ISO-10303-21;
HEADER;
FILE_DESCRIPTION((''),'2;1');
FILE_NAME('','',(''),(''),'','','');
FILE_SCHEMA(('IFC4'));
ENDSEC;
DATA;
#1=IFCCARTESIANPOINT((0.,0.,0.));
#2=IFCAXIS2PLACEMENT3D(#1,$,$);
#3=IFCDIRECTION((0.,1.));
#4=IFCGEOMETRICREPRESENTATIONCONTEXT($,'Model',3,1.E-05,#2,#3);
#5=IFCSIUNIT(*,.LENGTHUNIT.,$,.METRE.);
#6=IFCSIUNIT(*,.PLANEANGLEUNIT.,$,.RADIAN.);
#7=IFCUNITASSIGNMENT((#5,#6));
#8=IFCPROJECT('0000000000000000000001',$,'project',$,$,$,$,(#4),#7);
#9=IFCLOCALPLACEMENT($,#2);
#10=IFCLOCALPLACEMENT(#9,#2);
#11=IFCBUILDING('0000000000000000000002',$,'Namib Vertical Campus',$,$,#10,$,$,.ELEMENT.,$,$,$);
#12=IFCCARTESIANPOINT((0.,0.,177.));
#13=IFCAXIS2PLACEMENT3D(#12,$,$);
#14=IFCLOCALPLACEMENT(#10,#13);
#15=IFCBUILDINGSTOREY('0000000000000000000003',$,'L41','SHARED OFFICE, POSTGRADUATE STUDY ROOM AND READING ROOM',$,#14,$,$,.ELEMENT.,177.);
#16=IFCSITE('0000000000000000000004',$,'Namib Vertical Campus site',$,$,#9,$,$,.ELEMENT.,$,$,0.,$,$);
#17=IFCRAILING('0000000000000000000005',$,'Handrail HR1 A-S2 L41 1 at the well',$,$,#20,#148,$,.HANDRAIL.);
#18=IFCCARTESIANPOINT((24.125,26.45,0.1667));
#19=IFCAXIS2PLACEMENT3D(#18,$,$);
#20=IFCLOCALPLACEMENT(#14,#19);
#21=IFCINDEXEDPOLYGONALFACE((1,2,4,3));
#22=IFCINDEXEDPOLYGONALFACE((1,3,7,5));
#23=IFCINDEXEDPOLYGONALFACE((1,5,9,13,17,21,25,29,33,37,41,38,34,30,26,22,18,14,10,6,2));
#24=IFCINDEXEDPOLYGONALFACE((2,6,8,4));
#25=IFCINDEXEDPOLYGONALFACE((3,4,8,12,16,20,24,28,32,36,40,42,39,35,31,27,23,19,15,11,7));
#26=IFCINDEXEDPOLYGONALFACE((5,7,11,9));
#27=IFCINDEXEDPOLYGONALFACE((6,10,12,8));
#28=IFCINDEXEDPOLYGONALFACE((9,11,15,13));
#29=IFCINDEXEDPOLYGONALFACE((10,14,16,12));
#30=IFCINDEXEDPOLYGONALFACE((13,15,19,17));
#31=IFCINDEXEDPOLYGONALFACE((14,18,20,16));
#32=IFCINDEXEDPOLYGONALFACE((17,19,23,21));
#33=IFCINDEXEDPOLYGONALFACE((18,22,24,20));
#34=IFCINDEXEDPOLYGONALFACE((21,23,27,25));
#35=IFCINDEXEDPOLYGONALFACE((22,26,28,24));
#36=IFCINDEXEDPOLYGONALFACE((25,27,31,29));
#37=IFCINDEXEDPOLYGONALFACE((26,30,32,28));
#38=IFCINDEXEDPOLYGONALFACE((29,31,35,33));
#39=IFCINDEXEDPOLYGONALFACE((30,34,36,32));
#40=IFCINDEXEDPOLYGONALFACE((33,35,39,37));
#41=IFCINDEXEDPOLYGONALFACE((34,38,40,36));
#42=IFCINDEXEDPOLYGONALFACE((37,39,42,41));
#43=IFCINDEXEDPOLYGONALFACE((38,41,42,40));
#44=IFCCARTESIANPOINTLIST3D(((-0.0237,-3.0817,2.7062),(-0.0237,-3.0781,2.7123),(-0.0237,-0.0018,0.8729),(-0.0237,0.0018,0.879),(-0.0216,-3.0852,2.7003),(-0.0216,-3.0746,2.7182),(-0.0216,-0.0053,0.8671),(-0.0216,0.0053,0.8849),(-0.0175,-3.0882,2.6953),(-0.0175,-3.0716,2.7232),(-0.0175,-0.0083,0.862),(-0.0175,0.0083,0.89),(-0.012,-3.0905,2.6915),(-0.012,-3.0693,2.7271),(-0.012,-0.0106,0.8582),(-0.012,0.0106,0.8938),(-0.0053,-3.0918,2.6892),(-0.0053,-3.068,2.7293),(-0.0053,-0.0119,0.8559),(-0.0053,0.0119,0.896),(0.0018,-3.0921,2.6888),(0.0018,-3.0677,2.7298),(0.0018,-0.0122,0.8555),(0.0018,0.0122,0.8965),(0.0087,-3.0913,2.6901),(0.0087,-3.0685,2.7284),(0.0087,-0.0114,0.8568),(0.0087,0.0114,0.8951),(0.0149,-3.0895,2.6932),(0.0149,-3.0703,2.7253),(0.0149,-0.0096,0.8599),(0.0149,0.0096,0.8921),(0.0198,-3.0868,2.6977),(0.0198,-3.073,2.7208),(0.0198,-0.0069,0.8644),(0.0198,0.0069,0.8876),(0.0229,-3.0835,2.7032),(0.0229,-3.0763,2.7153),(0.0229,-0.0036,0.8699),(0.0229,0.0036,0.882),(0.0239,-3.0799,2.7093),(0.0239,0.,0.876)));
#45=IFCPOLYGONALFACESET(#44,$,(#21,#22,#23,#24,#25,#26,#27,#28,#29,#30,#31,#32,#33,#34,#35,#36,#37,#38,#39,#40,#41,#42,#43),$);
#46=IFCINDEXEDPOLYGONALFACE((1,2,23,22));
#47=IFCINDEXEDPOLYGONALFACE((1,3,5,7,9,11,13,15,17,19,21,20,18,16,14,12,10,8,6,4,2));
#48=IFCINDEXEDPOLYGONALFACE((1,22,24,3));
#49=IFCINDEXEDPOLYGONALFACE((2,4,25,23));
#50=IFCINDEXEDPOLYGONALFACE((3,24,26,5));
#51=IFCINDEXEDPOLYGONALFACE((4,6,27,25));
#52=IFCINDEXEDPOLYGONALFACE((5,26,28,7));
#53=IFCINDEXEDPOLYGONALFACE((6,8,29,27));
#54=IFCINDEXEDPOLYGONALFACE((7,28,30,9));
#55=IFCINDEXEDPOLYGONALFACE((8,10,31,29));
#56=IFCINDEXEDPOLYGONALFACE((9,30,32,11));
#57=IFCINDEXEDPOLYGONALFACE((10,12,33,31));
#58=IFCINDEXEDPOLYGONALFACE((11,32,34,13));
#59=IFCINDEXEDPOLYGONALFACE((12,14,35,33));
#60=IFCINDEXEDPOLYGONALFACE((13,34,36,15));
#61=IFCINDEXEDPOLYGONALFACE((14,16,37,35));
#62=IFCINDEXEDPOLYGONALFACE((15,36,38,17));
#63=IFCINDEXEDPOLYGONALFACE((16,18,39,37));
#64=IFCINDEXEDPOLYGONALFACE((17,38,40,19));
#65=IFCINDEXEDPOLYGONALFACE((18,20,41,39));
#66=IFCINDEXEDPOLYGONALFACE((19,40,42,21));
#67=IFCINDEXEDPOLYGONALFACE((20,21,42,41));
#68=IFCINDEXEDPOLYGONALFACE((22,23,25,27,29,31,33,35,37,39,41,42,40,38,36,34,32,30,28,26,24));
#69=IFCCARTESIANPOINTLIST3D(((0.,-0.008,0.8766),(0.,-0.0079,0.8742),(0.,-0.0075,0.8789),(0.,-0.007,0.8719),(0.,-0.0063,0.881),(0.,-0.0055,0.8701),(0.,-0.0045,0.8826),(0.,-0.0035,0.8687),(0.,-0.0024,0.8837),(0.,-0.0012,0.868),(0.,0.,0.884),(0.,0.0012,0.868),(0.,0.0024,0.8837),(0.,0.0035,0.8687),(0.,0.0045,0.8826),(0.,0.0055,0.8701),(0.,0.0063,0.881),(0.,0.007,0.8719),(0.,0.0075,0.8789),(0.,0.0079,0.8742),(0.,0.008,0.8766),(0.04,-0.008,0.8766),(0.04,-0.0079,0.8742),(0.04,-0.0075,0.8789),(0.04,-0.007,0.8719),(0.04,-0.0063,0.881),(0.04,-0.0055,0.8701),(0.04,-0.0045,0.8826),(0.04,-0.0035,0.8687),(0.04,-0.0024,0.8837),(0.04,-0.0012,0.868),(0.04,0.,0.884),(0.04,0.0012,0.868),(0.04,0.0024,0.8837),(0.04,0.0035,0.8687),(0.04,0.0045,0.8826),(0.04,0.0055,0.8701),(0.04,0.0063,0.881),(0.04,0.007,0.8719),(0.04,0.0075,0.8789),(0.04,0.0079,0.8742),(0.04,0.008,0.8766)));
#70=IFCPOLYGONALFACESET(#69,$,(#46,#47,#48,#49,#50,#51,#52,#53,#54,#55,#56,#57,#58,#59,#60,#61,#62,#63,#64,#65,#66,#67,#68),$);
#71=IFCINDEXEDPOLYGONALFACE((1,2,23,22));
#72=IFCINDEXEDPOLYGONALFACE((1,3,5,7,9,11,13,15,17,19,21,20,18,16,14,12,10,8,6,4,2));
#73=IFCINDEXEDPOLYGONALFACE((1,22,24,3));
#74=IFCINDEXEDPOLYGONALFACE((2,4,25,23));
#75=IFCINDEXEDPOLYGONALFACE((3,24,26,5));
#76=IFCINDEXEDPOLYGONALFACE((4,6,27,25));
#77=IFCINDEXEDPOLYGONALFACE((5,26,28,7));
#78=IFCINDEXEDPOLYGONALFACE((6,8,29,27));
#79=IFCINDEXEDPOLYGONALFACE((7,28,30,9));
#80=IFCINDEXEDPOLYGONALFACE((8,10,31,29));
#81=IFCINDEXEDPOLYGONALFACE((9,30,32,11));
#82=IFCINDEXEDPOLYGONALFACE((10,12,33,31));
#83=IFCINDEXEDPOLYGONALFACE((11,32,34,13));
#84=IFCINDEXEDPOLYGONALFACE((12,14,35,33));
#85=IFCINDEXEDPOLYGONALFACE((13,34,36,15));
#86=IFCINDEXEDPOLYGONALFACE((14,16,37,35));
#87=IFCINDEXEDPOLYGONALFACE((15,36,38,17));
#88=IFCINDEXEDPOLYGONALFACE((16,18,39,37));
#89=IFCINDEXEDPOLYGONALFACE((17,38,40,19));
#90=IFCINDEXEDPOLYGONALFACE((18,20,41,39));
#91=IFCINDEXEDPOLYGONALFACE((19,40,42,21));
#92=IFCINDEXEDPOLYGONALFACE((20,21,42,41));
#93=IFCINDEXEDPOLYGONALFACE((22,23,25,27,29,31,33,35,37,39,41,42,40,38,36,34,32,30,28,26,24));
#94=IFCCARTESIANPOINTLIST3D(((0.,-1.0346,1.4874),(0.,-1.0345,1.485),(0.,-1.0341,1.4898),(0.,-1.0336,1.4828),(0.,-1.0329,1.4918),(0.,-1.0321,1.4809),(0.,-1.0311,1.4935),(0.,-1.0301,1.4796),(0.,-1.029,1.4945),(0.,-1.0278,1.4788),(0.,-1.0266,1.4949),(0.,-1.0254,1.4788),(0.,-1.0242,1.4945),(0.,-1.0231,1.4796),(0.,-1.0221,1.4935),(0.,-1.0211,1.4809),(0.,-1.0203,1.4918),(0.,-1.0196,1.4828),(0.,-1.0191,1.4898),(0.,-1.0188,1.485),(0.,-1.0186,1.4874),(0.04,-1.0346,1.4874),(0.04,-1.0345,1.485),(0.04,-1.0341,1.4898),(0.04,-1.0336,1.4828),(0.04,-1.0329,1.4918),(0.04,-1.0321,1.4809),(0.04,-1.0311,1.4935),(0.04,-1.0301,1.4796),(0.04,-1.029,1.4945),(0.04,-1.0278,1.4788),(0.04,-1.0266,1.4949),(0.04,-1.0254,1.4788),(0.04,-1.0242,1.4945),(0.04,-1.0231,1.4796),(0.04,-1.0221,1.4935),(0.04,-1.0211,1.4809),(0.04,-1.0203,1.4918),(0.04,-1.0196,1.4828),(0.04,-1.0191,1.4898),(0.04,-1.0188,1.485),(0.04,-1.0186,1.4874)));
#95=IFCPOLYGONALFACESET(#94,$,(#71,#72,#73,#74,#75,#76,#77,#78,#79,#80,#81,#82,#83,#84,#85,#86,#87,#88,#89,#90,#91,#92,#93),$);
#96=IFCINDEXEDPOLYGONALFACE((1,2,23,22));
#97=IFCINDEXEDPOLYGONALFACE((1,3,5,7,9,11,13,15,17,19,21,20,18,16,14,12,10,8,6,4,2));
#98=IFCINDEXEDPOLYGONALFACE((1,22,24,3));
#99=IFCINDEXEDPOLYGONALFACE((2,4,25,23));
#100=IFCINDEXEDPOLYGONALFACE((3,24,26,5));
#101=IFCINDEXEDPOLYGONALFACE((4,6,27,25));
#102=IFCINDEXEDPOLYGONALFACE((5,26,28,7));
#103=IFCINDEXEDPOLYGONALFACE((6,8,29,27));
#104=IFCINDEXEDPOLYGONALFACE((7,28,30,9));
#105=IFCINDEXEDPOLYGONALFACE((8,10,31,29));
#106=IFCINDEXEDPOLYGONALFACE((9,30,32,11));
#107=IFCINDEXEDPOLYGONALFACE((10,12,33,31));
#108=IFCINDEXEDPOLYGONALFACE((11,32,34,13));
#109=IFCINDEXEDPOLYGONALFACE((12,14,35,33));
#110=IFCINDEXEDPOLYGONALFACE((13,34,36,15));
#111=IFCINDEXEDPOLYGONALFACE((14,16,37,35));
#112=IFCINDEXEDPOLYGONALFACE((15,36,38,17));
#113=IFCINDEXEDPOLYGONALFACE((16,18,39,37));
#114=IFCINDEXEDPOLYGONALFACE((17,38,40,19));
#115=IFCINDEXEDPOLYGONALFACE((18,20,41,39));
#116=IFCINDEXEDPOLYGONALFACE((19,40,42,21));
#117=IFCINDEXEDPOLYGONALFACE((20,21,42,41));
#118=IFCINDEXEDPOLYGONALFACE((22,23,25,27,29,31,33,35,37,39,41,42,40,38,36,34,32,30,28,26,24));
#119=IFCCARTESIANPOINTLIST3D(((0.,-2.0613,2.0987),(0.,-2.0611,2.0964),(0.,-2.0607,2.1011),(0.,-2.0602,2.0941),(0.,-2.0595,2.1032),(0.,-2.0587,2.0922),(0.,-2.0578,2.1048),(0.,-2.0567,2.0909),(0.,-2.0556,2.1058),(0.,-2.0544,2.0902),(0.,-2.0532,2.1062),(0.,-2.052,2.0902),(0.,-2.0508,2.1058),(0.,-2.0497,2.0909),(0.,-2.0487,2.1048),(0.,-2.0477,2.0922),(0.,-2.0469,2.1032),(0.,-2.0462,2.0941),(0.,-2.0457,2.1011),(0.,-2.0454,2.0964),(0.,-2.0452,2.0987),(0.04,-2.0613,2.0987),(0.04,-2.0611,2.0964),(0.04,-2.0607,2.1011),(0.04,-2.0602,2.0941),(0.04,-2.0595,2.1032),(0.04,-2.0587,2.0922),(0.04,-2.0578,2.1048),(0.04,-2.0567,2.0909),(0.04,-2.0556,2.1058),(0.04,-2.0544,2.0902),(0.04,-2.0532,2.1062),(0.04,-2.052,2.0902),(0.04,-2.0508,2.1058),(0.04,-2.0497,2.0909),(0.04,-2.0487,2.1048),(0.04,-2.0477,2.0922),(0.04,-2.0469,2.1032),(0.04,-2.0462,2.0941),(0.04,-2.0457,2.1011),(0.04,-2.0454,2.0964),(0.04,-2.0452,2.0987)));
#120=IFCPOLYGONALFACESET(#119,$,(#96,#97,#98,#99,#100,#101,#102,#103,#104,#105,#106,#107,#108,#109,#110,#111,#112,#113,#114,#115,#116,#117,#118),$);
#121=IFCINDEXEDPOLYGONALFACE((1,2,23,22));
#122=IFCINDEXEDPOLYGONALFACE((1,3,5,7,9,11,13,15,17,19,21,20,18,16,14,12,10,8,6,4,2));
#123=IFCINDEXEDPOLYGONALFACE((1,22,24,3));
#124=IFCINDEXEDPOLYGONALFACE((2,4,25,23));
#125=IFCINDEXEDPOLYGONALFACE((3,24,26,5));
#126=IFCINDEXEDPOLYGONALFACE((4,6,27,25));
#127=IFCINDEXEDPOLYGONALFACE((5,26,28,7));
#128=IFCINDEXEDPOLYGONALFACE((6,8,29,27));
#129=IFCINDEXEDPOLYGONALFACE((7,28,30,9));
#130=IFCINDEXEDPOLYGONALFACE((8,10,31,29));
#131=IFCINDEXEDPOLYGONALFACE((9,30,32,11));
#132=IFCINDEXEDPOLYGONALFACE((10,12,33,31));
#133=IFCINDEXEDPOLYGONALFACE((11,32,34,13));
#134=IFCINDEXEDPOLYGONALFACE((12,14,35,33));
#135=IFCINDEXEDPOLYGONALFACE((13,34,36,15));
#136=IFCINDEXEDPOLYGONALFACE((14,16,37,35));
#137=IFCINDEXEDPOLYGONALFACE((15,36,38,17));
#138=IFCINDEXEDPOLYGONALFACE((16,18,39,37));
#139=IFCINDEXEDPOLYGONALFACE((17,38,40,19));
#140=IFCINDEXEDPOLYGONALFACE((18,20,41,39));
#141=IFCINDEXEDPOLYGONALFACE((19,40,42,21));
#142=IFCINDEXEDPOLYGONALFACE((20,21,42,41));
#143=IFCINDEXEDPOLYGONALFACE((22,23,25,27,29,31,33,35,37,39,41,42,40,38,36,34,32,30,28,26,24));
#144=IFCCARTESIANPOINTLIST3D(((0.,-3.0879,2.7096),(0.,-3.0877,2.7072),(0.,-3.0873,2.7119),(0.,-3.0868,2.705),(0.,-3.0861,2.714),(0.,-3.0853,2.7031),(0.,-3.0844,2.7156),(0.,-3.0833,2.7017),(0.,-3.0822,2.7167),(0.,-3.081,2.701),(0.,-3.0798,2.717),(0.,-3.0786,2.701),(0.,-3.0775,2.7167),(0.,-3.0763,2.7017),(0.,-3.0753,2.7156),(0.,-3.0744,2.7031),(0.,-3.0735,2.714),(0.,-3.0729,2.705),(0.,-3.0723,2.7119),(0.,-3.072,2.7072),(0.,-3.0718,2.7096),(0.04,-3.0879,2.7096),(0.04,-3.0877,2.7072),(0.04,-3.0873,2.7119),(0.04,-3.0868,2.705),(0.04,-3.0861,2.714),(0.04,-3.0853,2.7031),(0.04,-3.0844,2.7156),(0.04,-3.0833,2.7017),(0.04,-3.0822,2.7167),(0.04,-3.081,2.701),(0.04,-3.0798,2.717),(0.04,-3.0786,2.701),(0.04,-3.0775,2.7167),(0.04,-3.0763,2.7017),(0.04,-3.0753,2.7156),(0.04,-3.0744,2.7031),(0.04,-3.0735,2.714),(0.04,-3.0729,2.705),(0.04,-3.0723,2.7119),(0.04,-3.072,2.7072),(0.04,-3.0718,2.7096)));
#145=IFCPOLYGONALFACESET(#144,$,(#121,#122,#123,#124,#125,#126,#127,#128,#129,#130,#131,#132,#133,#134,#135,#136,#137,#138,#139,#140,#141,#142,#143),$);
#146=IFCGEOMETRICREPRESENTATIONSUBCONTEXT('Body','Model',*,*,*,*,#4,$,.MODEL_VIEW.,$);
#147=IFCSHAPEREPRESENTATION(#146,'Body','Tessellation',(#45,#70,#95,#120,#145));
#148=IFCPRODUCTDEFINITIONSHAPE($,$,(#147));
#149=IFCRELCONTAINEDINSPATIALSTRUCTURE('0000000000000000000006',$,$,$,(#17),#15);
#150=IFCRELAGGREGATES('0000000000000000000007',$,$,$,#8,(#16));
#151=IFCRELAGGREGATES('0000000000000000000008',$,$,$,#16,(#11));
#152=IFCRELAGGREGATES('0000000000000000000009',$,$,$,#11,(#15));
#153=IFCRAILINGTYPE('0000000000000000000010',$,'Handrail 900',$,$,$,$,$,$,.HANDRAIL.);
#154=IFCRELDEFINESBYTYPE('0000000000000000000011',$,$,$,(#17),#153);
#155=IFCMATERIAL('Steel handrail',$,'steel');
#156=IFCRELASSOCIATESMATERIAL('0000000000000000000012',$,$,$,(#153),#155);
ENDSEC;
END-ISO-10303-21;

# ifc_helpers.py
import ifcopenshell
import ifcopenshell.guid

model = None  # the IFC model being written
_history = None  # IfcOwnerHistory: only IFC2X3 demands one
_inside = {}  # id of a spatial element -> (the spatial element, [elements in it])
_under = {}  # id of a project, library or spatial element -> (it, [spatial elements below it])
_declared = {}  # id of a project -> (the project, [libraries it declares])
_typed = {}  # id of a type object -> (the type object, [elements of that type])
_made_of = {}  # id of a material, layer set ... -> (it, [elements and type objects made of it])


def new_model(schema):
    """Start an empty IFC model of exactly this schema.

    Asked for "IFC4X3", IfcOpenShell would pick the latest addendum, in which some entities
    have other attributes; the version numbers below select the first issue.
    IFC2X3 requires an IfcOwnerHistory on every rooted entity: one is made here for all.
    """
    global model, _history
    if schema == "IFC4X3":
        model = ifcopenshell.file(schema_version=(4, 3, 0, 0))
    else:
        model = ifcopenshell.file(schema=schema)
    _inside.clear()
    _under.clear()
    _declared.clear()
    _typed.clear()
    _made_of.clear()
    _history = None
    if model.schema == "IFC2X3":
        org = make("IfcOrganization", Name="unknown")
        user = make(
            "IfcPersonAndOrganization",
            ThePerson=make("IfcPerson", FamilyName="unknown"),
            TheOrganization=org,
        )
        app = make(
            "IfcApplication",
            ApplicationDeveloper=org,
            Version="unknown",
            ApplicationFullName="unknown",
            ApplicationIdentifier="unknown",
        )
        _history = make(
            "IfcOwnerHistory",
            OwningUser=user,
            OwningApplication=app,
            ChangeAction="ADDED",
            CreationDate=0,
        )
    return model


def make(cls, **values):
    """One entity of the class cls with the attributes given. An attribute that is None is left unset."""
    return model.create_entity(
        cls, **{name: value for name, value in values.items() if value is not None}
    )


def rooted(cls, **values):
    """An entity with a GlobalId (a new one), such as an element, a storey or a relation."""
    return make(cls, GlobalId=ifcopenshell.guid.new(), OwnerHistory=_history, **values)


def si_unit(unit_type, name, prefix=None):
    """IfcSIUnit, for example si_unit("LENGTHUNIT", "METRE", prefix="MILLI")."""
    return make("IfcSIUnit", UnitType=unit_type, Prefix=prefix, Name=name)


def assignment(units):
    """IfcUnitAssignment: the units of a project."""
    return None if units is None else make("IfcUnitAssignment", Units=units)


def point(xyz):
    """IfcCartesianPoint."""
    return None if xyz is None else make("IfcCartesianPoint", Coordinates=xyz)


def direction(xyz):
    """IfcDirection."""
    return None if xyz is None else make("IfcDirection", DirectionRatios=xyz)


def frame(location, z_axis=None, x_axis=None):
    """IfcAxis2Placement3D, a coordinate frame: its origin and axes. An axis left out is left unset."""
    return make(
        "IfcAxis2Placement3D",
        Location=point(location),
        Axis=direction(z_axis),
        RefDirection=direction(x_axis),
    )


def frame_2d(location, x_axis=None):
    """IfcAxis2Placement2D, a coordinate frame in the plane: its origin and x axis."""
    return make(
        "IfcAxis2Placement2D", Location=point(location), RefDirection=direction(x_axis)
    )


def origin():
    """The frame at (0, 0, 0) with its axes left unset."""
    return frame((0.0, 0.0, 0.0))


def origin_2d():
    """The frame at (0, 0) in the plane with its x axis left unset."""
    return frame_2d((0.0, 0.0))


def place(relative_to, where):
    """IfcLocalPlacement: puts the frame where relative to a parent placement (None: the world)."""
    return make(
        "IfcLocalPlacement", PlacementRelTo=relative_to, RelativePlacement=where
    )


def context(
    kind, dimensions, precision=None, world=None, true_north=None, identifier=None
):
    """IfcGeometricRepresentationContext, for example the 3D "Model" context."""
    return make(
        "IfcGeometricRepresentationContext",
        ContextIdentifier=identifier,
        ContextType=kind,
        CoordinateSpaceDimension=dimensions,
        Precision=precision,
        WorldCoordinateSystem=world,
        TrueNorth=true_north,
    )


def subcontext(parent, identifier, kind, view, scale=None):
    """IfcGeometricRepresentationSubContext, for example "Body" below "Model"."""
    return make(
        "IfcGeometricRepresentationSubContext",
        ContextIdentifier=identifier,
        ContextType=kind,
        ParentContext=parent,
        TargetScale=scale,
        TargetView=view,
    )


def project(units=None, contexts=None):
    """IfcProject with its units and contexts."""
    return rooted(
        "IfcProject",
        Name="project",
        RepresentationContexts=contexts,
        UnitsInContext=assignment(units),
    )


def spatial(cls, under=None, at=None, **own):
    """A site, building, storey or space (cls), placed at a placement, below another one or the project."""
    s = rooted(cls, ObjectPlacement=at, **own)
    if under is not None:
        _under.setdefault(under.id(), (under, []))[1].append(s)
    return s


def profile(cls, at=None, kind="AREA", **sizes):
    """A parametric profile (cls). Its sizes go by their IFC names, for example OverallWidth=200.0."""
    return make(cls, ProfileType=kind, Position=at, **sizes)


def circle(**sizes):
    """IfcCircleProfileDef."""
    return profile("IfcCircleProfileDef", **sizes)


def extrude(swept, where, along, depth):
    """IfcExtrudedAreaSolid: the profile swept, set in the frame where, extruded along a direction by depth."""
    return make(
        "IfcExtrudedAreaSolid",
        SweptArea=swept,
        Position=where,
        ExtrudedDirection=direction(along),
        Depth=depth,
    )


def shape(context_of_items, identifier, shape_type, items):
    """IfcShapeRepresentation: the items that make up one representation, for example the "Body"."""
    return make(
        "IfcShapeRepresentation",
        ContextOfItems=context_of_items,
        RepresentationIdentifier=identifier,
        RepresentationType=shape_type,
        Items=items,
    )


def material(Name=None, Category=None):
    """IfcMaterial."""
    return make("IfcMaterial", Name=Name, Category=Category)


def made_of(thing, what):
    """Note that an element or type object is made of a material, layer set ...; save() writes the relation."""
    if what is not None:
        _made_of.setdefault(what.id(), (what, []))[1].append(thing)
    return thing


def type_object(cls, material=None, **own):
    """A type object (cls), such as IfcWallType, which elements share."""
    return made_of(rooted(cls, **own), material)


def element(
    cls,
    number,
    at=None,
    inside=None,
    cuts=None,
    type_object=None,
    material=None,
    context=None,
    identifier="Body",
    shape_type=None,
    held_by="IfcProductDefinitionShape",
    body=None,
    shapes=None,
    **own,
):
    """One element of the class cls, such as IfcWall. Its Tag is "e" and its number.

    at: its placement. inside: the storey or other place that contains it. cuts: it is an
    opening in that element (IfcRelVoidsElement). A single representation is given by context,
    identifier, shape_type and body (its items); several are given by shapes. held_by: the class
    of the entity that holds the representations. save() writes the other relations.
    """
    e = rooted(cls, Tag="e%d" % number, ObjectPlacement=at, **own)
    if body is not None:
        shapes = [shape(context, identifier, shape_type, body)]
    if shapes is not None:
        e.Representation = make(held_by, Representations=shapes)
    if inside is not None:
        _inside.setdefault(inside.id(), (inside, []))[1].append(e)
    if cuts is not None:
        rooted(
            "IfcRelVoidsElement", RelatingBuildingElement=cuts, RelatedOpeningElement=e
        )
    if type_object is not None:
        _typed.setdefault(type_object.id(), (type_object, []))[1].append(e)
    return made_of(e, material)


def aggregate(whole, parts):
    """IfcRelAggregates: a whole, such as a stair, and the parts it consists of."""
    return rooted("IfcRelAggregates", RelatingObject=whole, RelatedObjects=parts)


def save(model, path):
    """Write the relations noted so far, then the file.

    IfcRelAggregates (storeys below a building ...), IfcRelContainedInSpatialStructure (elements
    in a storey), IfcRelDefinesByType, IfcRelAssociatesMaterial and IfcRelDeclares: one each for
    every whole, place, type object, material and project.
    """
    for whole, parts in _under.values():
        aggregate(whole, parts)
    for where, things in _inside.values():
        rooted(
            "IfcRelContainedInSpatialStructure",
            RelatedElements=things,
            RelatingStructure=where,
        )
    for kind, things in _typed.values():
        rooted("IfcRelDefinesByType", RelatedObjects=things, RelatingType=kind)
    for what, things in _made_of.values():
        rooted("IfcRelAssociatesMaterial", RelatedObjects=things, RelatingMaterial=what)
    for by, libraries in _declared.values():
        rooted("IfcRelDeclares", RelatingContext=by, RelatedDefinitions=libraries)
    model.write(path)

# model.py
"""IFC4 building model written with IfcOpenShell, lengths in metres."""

from ifc_helpers import new_model, si_unit, direction, frame, origin, origin_2d, place, context, subcontext, project, spatial, circle, extrude, material, type_object, element, save


model = new_model("IFC4")

# Units and contexts
model_context = context("Model", 3, precision=1e-05, world=origin(), true_north=direction((0.0, 1.0)))
body_context = subcontext(model_context, "Body", "Model", "MODEL_VIEW")
ifc_project = project(units=[si_unit("LENGTHUNIT", "METRE"), si_unit("PLANEANGLEUNIT", "RADIAN")], contexts=[model_context])

# Site, building, storey
site_placement = place(None, origin())
site = spatial("IfcSite", under=ifc_project, at=site_placement, Name="Namib Vertical Campus site", CompositionType="ELEMENT", RefElevation=0.0)
building_placement = place(site_placement, origin())
building = spatial("IfcBuilding", under=site, at=building_placement, Name="Namib Vertical Campus", CompositionType="ELEMENT")
storey_placement = place(building_placement, frame((0.0, 0.0, 177.0)))
storey = spatial("IfcBuildingStorey", under=building, at=storey_placement, Name="L41", Description="SHARED OFFICE, POSTGRADUATE STUDY ROOM AND READING ROOM", CompositionType="ELEMENT", Elevation=177.0)

# Railing
ifc_material_1 = material(Name="Steel handrail", Category="steel")
railing_type_1 = type_object("IfcRailingType", Name="Handrail 900", PredefinedType="HANDRAIL", material=ifc_material_1)
railing_1_placement = place(storey_placement, frame((24.125, 26.45, 0.1667)))
element("IfcRailing", 1, at=railing_1_placement, inside=storey, type_object=railing_type_1, Name="Handrail HR1 A-S2 L41 1 at the well", PredefinedType="HANDRAIL", context=body_context, shape_type="SweptSolid", body=[
    extrude(circle(Radius=0.0239, at=origin_2d()), frame((0.0, 0.0, 0.876), z_axis=(0.0, -0.859291, 0.511487), x_axis=(1.0, 0.0, 0.0)), (0.0, 0.0, 1.0), 3.5842),
    extrude(circle(Radius=0.0081, at=origin_2d()), frame((0.0, 0.0, 0.876), z_axis=(1.0, 0.0, 0.0), x_axis=(0.0, 0.0, 1.0)), (0.0, 0.0, 1.0), 0.04),
    extrude(circle(Radius=0.0081, at=origin_2d()), frame((0.0, -1.0266, 1.4868), z_axis=(1.0, 0.0, 0.0), x_axis=(0.0, 0.0, 1.0)), (0.0, 0.0, 1.0), 0.04),
    extrude(circle(Radius=0.0081, at=origin_2d()), frame((0.0, -2.0532, 2.0981), z_axis=(1.0, 0.0, 0.0), x_axis=(0.0, 0.0, 1.0)), (0.0, 0.0, 1.0), 0.04),
    extrude(circle(Radius=0.0081, at=origin_2d()), frame((0.0, -3.0798, 2.709), z_axis=(1.0, 0.0, 0.0), x_axis=(0.0, 0.0, 1.0)), (0.0, 0.0, 1.0), 0.04),
])

save(model, "model.ifc")
